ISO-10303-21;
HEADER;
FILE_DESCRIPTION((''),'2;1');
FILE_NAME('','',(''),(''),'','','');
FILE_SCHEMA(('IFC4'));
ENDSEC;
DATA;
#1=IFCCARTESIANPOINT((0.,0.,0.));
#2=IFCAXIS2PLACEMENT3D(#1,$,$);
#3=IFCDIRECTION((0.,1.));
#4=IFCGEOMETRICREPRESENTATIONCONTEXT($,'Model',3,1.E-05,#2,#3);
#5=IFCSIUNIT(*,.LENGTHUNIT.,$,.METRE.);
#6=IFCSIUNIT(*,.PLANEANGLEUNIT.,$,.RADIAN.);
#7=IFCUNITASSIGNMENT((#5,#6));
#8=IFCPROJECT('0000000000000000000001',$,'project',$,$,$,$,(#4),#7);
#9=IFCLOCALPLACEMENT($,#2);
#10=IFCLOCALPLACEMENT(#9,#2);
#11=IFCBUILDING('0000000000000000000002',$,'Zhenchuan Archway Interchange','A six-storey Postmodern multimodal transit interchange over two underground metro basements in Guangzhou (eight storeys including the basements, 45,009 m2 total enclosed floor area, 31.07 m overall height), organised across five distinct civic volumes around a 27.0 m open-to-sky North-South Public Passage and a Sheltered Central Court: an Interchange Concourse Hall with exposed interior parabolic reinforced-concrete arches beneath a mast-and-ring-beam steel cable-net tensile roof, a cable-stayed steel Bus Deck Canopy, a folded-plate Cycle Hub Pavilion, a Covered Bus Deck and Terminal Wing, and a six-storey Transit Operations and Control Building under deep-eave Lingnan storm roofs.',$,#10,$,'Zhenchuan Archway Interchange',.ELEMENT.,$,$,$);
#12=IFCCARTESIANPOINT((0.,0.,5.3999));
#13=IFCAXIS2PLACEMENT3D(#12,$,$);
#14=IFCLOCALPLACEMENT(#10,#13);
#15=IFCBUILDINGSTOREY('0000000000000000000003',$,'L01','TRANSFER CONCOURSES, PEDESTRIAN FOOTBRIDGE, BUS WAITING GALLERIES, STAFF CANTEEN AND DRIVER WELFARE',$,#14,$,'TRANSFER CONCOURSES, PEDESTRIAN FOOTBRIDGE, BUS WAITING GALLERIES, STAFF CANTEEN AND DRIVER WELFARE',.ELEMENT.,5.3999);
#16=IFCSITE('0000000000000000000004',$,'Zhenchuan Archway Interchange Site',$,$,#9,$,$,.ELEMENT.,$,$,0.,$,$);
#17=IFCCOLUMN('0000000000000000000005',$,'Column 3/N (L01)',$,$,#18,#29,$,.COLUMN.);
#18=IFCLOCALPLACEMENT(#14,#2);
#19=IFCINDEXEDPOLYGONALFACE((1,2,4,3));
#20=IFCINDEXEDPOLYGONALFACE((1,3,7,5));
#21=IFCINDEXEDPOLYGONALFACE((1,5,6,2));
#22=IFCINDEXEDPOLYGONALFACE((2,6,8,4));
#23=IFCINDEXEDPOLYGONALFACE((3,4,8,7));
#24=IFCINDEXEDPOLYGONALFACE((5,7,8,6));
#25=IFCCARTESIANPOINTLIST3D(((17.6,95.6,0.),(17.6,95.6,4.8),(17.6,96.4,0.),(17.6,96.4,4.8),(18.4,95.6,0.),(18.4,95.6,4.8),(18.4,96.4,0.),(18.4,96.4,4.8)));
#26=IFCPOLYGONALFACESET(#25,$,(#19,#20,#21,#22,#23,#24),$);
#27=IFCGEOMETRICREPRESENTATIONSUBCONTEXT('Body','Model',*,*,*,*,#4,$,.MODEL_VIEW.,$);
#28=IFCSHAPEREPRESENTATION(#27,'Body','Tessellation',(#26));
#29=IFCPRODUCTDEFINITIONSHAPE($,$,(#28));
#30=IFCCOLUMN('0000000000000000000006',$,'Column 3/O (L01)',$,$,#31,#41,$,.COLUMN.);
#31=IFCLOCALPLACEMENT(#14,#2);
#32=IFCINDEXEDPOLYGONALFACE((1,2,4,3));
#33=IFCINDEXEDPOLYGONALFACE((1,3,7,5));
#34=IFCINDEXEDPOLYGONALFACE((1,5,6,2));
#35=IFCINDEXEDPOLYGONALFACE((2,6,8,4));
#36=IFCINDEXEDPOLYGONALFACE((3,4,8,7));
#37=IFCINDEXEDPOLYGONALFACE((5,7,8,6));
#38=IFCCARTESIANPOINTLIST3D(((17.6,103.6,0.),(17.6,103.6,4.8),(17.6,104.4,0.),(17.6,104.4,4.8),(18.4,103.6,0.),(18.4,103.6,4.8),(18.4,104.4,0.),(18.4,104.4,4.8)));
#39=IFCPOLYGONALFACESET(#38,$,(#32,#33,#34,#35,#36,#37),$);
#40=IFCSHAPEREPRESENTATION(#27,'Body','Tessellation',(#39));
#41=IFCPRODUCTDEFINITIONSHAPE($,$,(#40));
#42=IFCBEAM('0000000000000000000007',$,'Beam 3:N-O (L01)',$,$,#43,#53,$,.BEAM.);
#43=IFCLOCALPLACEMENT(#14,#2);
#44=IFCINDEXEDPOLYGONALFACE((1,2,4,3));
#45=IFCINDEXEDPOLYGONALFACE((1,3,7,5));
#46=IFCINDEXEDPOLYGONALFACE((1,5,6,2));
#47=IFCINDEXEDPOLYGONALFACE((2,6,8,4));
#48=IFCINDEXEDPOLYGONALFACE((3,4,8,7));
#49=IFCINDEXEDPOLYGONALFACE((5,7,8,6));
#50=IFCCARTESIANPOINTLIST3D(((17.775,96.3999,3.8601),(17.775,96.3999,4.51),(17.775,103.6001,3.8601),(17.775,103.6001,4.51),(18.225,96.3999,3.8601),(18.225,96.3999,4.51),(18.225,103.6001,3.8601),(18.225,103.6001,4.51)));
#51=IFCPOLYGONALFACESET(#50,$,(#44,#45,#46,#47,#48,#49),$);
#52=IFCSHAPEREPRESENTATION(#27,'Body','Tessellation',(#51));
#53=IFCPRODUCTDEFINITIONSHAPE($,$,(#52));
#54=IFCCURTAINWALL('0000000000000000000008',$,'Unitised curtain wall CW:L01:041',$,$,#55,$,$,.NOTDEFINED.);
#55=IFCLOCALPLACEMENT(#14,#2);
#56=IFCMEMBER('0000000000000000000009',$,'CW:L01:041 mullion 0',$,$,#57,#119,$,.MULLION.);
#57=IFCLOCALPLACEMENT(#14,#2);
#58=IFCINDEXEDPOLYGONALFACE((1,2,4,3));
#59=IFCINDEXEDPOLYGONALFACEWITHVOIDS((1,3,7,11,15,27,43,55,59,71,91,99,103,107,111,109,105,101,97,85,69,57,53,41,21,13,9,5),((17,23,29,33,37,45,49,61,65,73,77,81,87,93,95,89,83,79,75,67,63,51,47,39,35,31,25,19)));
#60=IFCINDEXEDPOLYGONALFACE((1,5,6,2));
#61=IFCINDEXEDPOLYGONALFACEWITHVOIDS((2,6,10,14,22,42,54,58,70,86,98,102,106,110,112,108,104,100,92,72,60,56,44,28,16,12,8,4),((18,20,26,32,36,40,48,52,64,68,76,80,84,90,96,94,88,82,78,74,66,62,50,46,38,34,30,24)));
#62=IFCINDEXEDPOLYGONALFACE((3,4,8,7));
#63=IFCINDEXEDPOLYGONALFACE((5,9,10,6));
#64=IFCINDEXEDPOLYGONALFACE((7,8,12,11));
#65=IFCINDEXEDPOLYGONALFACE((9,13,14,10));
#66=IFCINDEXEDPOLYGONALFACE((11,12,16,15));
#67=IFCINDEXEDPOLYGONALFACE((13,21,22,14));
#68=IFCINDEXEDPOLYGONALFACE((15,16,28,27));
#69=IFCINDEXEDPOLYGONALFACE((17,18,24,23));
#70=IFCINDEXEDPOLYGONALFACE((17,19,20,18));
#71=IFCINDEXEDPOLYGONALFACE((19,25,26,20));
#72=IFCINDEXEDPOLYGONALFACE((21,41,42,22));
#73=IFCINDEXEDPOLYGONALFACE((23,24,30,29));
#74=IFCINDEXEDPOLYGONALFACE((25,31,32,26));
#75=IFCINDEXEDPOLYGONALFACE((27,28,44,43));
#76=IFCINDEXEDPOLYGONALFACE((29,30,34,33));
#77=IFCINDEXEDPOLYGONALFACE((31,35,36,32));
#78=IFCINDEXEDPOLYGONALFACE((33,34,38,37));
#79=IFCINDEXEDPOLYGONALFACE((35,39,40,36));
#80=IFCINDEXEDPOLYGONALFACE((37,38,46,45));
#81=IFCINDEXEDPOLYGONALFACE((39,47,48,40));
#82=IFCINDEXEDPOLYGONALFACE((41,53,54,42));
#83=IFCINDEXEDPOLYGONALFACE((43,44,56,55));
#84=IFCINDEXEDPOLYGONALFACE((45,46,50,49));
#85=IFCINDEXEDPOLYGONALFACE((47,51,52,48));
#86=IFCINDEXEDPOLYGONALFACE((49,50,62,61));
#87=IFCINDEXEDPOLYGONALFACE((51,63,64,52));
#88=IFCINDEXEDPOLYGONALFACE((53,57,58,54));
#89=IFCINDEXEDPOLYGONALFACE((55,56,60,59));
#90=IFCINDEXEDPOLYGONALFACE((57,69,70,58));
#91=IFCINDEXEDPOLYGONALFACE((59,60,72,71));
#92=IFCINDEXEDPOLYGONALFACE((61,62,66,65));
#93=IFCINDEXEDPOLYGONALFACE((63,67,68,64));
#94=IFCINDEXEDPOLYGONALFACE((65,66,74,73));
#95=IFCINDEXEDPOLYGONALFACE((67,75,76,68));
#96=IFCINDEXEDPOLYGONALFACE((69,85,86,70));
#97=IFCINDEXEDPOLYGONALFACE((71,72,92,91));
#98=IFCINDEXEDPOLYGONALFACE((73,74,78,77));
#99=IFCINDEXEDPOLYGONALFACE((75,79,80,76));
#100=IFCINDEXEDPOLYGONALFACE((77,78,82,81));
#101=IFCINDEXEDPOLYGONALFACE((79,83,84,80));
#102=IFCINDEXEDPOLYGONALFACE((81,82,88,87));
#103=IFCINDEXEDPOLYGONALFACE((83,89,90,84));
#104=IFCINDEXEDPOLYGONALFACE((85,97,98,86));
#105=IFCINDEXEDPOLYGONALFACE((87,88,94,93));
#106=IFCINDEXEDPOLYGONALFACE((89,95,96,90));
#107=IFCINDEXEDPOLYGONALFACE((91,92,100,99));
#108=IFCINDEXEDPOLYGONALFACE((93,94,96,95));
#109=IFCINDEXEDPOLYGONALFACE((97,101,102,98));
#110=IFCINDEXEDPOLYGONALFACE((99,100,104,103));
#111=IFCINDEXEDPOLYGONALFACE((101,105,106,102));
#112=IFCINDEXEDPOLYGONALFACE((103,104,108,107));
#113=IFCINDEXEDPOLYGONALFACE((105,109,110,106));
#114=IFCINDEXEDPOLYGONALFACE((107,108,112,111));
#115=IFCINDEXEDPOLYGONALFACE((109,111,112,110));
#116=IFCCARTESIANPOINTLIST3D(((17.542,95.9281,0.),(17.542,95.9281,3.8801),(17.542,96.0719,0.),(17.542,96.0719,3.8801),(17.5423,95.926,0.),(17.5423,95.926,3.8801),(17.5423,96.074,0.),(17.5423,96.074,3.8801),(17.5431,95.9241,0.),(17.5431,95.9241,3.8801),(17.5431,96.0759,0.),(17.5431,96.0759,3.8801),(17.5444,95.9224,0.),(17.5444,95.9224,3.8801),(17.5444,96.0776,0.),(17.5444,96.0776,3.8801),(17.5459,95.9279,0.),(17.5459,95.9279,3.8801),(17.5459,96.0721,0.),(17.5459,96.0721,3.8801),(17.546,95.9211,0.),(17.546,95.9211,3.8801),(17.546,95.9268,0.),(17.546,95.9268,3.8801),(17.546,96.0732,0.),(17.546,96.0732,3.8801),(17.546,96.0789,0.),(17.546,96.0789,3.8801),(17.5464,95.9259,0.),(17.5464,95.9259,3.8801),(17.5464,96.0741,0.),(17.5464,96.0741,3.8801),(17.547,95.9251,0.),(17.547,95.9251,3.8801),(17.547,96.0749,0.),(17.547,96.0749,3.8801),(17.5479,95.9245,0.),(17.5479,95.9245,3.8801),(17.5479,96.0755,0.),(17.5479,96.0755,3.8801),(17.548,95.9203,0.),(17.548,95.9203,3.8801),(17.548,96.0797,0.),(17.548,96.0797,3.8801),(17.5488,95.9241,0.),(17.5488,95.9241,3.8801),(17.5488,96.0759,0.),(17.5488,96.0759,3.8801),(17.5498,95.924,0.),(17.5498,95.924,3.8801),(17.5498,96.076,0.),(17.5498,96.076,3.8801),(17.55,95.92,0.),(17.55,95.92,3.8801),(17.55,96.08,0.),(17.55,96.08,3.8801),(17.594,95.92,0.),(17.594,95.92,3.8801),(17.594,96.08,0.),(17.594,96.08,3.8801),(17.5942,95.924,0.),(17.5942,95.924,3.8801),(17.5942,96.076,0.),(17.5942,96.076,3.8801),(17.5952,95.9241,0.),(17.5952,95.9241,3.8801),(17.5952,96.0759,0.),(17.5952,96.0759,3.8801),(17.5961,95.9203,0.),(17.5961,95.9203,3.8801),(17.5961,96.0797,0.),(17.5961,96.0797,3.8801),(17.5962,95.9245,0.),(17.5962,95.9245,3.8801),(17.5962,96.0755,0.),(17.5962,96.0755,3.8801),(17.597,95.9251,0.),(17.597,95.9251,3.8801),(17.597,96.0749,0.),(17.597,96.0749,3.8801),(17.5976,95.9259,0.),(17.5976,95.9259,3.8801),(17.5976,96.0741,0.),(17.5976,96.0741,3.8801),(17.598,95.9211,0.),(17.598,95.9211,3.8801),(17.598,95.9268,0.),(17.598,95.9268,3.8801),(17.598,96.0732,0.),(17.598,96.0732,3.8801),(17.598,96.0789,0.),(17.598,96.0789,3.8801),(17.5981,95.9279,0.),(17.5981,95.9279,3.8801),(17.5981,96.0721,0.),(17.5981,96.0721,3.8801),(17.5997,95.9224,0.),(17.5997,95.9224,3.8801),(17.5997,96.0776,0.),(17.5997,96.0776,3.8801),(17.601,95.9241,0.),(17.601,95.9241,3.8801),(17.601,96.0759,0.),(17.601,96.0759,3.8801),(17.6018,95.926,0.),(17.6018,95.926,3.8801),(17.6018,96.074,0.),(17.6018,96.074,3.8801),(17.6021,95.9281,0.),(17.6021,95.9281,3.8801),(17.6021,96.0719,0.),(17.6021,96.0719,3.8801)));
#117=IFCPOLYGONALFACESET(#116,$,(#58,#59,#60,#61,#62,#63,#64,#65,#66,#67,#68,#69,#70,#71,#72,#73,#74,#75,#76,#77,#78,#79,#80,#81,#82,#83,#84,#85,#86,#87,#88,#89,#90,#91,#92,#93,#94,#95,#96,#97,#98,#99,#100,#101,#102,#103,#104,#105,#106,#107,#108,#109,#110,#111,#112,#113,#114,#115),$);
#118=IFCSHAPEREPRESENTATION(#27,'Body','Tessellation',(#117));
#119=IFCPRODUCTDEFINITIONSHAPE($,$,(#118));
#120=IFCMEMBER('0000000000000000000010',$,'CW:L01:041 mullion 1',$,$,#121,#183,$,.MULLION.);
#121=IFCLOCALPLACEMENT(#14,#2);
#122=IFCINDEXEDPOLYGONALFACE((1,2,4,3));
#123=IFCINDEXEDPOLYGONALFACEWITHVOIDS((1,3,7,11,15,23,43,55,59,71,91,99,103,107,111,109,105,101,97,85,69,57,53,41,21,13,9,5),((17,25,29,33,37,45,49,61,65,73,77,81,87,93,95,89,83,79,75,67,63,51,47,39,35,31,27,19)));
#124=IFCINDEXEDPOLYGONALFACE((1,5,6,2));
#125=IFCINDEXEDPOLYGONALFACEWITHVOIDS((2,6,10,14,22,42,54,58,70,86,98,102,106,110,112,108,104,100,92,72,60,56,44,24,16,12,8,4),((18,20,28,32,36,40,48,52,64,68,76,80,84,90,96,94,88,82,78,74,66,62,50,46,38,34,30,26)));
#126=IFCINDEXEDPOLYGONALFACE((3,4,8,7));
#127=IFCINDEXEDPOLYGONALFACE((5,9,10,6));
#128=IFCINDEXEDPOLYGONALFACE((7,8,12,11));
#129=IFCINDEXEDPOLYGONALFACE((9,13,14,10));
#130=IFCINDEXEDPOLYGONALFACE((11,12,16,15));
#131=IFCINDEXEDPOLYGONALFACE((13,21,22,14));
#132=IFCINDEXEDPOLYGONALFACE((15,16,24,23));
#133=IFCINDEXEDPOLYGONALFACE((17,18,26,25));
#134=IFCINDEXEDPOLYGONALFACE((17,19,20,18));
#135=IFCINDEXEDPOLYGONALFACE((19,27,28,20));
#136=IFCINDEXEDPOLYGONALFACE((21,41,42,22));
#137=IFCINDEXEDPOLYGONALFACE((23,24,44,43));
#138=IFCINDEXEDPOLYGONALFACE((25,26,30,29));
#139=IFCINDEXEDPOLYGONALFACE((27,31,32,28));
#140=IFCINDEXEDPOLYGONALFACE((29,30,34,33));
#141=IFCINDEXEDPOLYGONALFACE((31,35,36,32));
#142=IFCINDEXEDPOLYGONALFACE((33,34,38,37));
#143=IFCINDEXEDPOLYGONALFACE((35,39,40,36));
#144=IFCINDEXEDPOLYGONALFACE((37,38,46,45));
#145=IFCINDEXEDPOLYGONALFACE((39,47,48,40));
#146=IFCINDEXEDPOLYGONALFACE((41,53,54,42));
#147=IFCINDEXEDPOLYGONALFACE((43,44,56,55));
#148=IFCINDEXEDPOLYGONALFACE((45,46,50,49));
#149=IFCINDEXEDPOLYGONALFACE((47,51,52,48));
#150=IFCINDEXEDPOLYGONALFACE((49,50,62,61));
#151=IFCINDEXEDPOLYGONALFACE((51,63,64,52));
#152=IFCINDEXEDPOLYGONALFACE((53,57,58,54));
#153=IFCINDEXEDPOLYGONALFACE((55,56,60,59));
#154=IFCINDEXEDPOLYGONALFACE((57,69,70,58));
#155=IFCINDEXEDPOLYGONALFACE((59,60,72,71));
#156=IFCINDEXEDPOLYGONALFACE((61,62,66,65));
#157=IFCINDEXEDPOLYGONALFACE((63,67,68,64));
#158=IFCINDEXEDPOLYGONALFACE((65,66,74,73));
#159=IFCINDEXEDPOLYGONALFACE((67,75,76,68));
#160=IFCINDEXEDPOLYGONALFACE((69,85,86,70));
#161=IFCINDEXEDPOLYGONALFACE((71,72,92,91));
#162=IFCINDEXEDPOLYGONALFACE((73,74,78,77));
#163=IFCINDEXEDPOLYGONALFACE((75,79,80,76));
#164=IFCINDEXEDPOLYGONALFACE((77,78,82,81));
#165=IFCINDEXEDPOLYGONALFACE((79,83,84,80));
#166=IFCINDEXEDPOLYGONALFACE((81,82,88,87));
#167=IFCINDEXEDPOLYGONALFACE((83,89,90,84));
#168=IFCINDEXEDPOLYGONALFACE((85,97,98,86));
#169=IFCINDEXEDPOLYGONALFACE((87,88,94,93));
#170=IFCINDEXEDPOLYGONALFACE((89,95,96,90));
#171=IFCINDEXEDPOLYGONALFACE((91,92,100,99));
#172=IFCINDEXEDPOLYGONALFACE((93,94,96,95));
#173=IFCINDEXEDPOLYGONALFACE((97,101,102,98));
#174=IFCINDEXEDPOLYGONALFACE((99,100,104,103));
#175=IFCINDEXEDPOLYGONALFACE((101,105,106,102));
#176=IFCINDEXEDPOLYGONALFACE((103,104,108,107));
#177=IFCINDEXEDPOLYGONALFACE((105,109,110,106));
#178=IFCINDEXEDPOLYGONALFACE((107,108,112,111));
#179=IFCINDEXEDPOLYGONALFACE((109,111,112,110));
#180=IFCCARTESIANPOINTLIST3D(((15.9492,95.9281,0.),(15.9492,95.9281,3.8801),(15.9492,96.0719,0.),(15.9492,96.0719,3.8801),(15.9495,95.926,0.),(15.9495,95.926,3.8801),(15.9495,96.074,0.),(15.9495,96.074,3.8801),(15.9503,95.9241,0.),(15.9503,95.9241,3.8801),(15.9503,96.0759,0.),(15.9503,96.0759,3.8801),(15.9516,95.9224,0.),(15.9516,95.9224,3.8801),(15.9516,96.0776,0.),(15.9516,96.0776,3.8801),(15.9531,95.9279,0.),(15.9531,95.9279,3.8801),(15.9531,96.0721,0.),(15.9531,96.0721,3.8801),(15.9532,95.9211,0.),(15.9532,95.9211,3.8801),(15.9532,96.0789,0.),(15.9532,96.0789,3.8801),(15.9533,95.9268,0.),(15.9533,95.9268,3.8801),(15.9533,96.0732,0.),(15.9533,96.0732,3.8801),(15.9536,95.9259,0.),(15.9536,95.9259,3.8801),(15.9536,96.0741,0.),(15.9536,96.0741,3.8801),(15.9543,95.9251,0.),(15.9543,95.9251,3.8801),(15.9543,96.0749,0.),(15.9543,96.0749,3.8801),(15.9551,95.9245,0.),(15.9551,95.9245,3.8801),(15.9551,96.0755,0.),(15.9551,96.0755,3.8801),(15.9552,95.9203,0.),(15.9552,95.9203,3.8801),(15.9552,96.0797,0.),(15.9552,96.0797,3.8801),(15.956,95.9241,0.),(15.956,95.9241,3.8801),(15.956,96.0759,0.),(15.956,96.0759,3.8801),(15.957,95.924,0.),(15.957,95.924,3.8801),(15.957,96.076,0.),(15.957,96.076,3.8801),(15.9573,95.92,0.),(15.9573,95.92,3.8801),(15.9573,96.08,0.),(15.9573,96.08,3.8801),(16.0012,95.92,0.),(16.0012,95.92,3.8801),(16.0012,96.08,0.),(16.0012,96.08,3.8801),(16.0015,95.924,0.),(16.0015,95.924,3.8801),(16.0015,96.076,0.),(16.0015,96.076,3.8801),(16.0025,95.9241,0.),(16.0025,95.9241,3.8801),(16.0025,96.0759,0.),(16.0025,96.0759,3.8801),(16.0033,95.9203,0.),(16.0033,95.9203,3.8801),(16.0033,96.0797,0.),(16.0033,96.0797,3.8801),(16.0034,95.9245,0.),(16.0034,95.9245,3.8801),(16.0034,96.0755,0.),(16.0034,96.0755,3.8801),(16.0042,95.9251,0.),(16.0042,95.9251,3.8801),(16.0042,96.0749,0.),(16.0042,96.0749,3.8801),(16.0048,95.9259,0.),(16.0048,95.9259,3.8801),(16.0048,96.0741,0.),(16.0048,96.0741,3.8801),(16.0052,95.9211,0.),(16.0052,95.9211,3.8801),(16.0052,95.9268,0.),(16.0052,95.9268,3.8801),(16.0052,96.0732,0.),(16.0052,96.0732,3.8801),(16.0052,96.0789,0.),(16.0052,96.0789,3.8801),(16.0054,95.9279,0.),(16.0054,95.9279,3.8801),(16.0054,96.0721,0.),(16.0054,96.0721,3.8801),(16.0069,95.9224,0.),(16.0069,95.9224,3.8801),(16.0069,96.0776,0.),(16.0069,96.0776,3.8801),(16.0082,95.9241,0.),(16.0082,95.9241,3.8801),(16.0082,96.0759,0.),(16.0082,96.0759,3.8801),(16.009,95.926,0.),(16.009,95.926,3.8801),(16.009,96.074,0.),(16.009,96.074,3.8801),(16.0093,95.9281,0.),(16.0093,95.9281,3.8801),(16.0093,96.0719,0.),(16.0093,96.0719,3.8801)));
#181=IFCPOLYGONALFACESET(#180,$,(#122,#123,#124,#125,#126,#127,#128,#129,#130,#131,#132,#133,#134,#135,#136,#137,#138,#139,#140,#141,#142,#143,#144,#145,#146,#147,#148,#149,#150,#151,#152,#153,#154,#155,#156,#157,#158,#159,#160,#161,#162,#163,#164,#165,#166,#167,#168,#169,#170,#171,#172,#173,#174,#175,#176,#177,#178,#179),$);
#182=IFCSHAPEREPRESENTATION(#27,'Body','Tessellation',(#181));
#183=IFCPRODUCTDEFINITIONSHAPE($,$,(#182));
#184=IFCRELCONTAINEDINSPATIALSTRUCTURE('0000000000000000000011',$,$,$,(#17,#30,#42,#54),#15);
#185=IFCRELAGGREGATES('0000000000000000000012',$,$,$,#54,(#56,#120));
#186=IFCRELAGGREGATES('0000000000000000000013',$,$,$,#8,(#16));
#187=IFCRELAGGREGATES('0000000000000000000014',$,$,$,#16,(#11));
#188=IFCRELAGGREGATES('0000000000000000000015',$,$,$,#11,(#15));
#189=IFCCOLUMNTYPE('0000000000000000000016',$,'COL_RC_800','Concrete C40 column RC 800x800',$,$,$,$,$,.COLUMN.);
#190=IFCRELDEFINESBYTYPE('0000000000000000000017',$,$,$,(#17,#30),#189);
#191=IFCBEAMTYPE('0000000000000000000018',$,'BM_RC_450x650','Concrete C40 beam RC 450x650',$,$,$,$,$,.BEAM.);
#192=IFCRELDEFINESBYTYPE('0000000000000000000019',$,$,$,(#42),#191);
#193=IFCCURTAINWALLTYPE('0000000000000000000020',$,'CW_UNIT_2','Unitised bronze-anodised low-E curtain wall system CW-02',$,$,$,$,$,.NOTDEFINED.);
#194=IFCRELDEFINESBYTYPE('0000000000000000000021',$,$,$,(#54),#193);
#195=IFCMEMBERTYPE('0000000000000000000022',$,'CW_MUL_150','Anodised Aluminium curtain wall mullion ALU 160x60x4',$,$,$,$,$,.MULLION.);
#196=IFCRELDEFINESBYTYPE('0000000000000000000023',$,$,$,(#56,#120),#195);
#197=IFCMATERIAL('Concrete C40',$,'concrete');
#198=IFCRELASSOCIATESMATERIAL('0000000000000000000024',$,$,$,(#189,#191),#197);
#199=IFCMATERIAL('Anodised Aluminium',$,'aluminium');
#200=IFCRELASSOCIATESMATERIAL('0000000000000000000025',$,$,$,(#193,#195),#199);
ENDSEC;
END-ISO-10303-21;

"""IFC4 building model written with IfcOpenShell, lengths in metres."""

from ifc_helpers import new_model, si_unit, direction, frame, origin, origin_2d, place, context, subcontext, project, spatial, rectangle, hollow_rectangle, extrude, material, material_profile, profile_set, type_object, element, aggregate, save


model = new_model("IFC4")

# Units and contexts
model_context = context("Model", 3, precision=1e-05, world=origin(), true_north=direction((0.0, 1.0)))
body_context = subcontext(model_context, "Body", "Model", "MODEL_VIEW")
ifc_project = project(units=[si_unit("LENGTHUNIT", "METRE"), si_unit("PLANEANGLEUNIT", "RADIAN")], contexts=[model_context])

# Site, building, storey
site_placement = place(None, origin())
site = spatial("IfcSite", under=ifc_project, at=site_placement, Name="Zhenchuan Archway Interchange Site", CompositionType="ELEMENT", RefElevation=0.0)
building_placement = place(site_placement, origin())
building = spatial("IfcBuilding", under=site, at=building_placement, Name="Zhenchuan Archway Interchange", Description="A six-storey Postmodern multimodal transit interchange over two underground metro basements in Guangzhou (eight storeys including the basements, 45,009 m2 total enclosed floor area, 31.07 m overall height), organised across five distinct civic volumes around a 27.0 m open-to-sky North-South Public Passage and a Sheltered Central Court: an Interchange Concourse Hall with exposed interior parabolic reinforced-concrete arches beneath a mast-and-ring-beam steel cable-net tensile roof, a cable-stayed steel Bus Deck Canopy, a folded-plate Cycle Hub Pavilion, a Covered Bus Deck and Terminal Wing, and a six-storey Transit Operations and Control Building under deep-eave Lingnan storm roofs.", LongName="Zhenchuan Archway Interchange", CompositionType="ELEMENT")
storey_placement = place(building_placement, frame((0.0, 0.0, 5.3999)))
storey = spatial("IfcBuildingStorey", under=building, at=storey_placement, Name="L01", Description="TRANSFER CONCOURSES, PEDESTRIAN FOOTBRIDGE, BUS WAITING GALLERIES, STAFF CANTEEN AND DRIVER WELFARE", LongName="TRANSFER CONCOURSES, PEDESTRIAN FOOTBRIDGE, BUS WAITING GALLERIES, STAFF CANTEEN AND DRIVER WELFARE", CompositionType="ELEMENT", Elevation=5.3999)

# Columns
ifc_material_1 = material(Name="Concrete C40", Category="concrete")
ifc_material_profile_1 = material_profile(ifc_material_1, rectangle(XDim=0.8, YDim=0.8, at=origin_2d()), Name="RC 800x800")
ifc_profile_set_1 = profile_set([ifc_material_profile_1], Name="Concrete C40")
column_type = type_object("IfcColumnType", Name="COL_RC_800", Description="Concrete C40 column RC 800x800", PredefinedType="COLUMN", material=ifc_profile_set_1)
for number, where, z_axis, x_axis, name in (
    (1, (18.0, 96.0, 0.0), (0.0, 0.0, 1.0), (1.0, 0.0, 0.0), "Column 3/N (L01)"),
    (2, (18.0, 104.0, 0.0), (0.0, 0.0, 1.0), (1.0, 0.0, 0.0), "Column 3/O (L01)"),
):
    element("IfcColumn", number, at=place(storey_placement, frame(where, z_axis=z_axis, x_axis=x_axis)), inside=storey, type_object=column_type, Name=name, PredefinedType="COLUMN", context=body_context, shape_type="SweptSolid", body=[
        extrude(rectangle(XDim=0.8, YDim=0.8, at=origin_2d()), origin(), (0.0, 0.0, 1.0), 4.8),
    ])

# Beam
ifc_material_profile_2 = material_profile(ifc_material_1, rectangle(XDim=0.45, YDim=0.6499, at=origin_2d()), Name="RC 450x650")
ifc_profile_set_2 = profile_set([ifc_material_profile_2], Name="Concrete C40")
beam_type_1 = type_object("IfcBeamType", Name="BM_RC_450x650", Description="Concrete C40 beam RC 450x650", PredefinedType="BEAM", material=ifc_profile_set_2)
beam_placement = place(storey_placement, frame((18.0, 96.3999, 4.1851), z_axis=(0.0, 1.0, 0.0), x_axis=(-1.0, 0.0, 0.0)))
element("IfcBeam", 3, at=beam_placement, inside=storey, type_object=beam_type_1, Name="Beam 3:N-O (L01)", PredefinedType="BEAM", context=body_context, shape_type="SweptSolid", body=[
    extrude(rectangle(XDim=0.45, YDim=0.6499, at=origin_2d()), origin(), (0.0, 0.0, 1.0), 7.2002),
])

# Curtain wall, members
ifc_material_2 = material(Name="Anodised Aluminium", Category="aluminium")
curtain_wall_type = type_object("IfcCurtainWallType", Name="CW_UNIT_2", Description="Unitised bronze-anodised low-E curtain wall system CW-02", PredefinedType="NOTDEFINED", material=ifc_material_2)
curtain_wall_placement = place(storey_placement, origin())
curtain_wall = element("IfcCurtainWall", 4, at=curtain_wall_placement, inside=storey, type_object=curtain_wall_type, Name="Unitised curtain wall CW:L01:041", PredefinedType="NOTDEFINED")
ifc_material_profile_3 = material_profile(ifc_material_2, hollow_rectangle(XDim=0.0601, YDim=0.1599, WallThickness=0.0039, InnerFilletRadius=0.0039, OuterFilletRadius=0.0081, at=origin_2d()), Name="ALU 160x60x4")
ifc_profile_set_3 = profile_set([ifc_material_profile_3], Name="Anodised Aluminium")
member_type_1 = type_object("IfcMemberType", Name="CW_MUL_150", Description="Anodised Aluminium curtain wall mullion ALU 160x60x4", PredefinedType="MULLION", material=ifc_profile_set_3)
member_1_placement = place(storey_placement, frame((17.572, 96.0, 0.0), z_axis=(0.0, 0.0, 1.0), x_axis=(1.0, 0.0, 0.0)))
member_1 = element("IfcMember", 5, at=member_1_placement, type_object=member_type_1, Name="CW:L01:041 mullion 0", PredefinedType="MULLION", context=body_context, shape_type="SweptSolid", body=[
    extrude(hollow_rectangle(XDim=0.0601, YDim=0.1599, WallThickness=0.0039, InnerFilletRadius=0.0039, OuterFilletRadius=0.0081, at=origin_2d()), origin(), (0.0, 0.0, 1.0), 3.8801),
])
member_2_placement = place(storey_placement, frame((15.9792, 96.0, 0.0), z_axis=(0.0, 0.0, 1.0), x_axis=(1.0, 0.0, 0.0)))
member_2 = element("IfcMember", 6, at=member_2_placement, type_object=member_type_1, Name="CW:L01:041 mullion 1", PredefinedType="MULLION", context=body_context, shape_type="SweptSolid", body=[
    extrude(hollow_rectangle(XDim=0.0601, YDim=0.1599, WallThickness=0.0039, InnerFilletRadius=0.0039, OuterFilletRadius=0.0081, at=origin_2d()), origin(), (0.0, 0.0, 1.0), 3.8801),
])

aggregate(curtain_wall, [member_1, member_2])

save(model, "model.ifc")
